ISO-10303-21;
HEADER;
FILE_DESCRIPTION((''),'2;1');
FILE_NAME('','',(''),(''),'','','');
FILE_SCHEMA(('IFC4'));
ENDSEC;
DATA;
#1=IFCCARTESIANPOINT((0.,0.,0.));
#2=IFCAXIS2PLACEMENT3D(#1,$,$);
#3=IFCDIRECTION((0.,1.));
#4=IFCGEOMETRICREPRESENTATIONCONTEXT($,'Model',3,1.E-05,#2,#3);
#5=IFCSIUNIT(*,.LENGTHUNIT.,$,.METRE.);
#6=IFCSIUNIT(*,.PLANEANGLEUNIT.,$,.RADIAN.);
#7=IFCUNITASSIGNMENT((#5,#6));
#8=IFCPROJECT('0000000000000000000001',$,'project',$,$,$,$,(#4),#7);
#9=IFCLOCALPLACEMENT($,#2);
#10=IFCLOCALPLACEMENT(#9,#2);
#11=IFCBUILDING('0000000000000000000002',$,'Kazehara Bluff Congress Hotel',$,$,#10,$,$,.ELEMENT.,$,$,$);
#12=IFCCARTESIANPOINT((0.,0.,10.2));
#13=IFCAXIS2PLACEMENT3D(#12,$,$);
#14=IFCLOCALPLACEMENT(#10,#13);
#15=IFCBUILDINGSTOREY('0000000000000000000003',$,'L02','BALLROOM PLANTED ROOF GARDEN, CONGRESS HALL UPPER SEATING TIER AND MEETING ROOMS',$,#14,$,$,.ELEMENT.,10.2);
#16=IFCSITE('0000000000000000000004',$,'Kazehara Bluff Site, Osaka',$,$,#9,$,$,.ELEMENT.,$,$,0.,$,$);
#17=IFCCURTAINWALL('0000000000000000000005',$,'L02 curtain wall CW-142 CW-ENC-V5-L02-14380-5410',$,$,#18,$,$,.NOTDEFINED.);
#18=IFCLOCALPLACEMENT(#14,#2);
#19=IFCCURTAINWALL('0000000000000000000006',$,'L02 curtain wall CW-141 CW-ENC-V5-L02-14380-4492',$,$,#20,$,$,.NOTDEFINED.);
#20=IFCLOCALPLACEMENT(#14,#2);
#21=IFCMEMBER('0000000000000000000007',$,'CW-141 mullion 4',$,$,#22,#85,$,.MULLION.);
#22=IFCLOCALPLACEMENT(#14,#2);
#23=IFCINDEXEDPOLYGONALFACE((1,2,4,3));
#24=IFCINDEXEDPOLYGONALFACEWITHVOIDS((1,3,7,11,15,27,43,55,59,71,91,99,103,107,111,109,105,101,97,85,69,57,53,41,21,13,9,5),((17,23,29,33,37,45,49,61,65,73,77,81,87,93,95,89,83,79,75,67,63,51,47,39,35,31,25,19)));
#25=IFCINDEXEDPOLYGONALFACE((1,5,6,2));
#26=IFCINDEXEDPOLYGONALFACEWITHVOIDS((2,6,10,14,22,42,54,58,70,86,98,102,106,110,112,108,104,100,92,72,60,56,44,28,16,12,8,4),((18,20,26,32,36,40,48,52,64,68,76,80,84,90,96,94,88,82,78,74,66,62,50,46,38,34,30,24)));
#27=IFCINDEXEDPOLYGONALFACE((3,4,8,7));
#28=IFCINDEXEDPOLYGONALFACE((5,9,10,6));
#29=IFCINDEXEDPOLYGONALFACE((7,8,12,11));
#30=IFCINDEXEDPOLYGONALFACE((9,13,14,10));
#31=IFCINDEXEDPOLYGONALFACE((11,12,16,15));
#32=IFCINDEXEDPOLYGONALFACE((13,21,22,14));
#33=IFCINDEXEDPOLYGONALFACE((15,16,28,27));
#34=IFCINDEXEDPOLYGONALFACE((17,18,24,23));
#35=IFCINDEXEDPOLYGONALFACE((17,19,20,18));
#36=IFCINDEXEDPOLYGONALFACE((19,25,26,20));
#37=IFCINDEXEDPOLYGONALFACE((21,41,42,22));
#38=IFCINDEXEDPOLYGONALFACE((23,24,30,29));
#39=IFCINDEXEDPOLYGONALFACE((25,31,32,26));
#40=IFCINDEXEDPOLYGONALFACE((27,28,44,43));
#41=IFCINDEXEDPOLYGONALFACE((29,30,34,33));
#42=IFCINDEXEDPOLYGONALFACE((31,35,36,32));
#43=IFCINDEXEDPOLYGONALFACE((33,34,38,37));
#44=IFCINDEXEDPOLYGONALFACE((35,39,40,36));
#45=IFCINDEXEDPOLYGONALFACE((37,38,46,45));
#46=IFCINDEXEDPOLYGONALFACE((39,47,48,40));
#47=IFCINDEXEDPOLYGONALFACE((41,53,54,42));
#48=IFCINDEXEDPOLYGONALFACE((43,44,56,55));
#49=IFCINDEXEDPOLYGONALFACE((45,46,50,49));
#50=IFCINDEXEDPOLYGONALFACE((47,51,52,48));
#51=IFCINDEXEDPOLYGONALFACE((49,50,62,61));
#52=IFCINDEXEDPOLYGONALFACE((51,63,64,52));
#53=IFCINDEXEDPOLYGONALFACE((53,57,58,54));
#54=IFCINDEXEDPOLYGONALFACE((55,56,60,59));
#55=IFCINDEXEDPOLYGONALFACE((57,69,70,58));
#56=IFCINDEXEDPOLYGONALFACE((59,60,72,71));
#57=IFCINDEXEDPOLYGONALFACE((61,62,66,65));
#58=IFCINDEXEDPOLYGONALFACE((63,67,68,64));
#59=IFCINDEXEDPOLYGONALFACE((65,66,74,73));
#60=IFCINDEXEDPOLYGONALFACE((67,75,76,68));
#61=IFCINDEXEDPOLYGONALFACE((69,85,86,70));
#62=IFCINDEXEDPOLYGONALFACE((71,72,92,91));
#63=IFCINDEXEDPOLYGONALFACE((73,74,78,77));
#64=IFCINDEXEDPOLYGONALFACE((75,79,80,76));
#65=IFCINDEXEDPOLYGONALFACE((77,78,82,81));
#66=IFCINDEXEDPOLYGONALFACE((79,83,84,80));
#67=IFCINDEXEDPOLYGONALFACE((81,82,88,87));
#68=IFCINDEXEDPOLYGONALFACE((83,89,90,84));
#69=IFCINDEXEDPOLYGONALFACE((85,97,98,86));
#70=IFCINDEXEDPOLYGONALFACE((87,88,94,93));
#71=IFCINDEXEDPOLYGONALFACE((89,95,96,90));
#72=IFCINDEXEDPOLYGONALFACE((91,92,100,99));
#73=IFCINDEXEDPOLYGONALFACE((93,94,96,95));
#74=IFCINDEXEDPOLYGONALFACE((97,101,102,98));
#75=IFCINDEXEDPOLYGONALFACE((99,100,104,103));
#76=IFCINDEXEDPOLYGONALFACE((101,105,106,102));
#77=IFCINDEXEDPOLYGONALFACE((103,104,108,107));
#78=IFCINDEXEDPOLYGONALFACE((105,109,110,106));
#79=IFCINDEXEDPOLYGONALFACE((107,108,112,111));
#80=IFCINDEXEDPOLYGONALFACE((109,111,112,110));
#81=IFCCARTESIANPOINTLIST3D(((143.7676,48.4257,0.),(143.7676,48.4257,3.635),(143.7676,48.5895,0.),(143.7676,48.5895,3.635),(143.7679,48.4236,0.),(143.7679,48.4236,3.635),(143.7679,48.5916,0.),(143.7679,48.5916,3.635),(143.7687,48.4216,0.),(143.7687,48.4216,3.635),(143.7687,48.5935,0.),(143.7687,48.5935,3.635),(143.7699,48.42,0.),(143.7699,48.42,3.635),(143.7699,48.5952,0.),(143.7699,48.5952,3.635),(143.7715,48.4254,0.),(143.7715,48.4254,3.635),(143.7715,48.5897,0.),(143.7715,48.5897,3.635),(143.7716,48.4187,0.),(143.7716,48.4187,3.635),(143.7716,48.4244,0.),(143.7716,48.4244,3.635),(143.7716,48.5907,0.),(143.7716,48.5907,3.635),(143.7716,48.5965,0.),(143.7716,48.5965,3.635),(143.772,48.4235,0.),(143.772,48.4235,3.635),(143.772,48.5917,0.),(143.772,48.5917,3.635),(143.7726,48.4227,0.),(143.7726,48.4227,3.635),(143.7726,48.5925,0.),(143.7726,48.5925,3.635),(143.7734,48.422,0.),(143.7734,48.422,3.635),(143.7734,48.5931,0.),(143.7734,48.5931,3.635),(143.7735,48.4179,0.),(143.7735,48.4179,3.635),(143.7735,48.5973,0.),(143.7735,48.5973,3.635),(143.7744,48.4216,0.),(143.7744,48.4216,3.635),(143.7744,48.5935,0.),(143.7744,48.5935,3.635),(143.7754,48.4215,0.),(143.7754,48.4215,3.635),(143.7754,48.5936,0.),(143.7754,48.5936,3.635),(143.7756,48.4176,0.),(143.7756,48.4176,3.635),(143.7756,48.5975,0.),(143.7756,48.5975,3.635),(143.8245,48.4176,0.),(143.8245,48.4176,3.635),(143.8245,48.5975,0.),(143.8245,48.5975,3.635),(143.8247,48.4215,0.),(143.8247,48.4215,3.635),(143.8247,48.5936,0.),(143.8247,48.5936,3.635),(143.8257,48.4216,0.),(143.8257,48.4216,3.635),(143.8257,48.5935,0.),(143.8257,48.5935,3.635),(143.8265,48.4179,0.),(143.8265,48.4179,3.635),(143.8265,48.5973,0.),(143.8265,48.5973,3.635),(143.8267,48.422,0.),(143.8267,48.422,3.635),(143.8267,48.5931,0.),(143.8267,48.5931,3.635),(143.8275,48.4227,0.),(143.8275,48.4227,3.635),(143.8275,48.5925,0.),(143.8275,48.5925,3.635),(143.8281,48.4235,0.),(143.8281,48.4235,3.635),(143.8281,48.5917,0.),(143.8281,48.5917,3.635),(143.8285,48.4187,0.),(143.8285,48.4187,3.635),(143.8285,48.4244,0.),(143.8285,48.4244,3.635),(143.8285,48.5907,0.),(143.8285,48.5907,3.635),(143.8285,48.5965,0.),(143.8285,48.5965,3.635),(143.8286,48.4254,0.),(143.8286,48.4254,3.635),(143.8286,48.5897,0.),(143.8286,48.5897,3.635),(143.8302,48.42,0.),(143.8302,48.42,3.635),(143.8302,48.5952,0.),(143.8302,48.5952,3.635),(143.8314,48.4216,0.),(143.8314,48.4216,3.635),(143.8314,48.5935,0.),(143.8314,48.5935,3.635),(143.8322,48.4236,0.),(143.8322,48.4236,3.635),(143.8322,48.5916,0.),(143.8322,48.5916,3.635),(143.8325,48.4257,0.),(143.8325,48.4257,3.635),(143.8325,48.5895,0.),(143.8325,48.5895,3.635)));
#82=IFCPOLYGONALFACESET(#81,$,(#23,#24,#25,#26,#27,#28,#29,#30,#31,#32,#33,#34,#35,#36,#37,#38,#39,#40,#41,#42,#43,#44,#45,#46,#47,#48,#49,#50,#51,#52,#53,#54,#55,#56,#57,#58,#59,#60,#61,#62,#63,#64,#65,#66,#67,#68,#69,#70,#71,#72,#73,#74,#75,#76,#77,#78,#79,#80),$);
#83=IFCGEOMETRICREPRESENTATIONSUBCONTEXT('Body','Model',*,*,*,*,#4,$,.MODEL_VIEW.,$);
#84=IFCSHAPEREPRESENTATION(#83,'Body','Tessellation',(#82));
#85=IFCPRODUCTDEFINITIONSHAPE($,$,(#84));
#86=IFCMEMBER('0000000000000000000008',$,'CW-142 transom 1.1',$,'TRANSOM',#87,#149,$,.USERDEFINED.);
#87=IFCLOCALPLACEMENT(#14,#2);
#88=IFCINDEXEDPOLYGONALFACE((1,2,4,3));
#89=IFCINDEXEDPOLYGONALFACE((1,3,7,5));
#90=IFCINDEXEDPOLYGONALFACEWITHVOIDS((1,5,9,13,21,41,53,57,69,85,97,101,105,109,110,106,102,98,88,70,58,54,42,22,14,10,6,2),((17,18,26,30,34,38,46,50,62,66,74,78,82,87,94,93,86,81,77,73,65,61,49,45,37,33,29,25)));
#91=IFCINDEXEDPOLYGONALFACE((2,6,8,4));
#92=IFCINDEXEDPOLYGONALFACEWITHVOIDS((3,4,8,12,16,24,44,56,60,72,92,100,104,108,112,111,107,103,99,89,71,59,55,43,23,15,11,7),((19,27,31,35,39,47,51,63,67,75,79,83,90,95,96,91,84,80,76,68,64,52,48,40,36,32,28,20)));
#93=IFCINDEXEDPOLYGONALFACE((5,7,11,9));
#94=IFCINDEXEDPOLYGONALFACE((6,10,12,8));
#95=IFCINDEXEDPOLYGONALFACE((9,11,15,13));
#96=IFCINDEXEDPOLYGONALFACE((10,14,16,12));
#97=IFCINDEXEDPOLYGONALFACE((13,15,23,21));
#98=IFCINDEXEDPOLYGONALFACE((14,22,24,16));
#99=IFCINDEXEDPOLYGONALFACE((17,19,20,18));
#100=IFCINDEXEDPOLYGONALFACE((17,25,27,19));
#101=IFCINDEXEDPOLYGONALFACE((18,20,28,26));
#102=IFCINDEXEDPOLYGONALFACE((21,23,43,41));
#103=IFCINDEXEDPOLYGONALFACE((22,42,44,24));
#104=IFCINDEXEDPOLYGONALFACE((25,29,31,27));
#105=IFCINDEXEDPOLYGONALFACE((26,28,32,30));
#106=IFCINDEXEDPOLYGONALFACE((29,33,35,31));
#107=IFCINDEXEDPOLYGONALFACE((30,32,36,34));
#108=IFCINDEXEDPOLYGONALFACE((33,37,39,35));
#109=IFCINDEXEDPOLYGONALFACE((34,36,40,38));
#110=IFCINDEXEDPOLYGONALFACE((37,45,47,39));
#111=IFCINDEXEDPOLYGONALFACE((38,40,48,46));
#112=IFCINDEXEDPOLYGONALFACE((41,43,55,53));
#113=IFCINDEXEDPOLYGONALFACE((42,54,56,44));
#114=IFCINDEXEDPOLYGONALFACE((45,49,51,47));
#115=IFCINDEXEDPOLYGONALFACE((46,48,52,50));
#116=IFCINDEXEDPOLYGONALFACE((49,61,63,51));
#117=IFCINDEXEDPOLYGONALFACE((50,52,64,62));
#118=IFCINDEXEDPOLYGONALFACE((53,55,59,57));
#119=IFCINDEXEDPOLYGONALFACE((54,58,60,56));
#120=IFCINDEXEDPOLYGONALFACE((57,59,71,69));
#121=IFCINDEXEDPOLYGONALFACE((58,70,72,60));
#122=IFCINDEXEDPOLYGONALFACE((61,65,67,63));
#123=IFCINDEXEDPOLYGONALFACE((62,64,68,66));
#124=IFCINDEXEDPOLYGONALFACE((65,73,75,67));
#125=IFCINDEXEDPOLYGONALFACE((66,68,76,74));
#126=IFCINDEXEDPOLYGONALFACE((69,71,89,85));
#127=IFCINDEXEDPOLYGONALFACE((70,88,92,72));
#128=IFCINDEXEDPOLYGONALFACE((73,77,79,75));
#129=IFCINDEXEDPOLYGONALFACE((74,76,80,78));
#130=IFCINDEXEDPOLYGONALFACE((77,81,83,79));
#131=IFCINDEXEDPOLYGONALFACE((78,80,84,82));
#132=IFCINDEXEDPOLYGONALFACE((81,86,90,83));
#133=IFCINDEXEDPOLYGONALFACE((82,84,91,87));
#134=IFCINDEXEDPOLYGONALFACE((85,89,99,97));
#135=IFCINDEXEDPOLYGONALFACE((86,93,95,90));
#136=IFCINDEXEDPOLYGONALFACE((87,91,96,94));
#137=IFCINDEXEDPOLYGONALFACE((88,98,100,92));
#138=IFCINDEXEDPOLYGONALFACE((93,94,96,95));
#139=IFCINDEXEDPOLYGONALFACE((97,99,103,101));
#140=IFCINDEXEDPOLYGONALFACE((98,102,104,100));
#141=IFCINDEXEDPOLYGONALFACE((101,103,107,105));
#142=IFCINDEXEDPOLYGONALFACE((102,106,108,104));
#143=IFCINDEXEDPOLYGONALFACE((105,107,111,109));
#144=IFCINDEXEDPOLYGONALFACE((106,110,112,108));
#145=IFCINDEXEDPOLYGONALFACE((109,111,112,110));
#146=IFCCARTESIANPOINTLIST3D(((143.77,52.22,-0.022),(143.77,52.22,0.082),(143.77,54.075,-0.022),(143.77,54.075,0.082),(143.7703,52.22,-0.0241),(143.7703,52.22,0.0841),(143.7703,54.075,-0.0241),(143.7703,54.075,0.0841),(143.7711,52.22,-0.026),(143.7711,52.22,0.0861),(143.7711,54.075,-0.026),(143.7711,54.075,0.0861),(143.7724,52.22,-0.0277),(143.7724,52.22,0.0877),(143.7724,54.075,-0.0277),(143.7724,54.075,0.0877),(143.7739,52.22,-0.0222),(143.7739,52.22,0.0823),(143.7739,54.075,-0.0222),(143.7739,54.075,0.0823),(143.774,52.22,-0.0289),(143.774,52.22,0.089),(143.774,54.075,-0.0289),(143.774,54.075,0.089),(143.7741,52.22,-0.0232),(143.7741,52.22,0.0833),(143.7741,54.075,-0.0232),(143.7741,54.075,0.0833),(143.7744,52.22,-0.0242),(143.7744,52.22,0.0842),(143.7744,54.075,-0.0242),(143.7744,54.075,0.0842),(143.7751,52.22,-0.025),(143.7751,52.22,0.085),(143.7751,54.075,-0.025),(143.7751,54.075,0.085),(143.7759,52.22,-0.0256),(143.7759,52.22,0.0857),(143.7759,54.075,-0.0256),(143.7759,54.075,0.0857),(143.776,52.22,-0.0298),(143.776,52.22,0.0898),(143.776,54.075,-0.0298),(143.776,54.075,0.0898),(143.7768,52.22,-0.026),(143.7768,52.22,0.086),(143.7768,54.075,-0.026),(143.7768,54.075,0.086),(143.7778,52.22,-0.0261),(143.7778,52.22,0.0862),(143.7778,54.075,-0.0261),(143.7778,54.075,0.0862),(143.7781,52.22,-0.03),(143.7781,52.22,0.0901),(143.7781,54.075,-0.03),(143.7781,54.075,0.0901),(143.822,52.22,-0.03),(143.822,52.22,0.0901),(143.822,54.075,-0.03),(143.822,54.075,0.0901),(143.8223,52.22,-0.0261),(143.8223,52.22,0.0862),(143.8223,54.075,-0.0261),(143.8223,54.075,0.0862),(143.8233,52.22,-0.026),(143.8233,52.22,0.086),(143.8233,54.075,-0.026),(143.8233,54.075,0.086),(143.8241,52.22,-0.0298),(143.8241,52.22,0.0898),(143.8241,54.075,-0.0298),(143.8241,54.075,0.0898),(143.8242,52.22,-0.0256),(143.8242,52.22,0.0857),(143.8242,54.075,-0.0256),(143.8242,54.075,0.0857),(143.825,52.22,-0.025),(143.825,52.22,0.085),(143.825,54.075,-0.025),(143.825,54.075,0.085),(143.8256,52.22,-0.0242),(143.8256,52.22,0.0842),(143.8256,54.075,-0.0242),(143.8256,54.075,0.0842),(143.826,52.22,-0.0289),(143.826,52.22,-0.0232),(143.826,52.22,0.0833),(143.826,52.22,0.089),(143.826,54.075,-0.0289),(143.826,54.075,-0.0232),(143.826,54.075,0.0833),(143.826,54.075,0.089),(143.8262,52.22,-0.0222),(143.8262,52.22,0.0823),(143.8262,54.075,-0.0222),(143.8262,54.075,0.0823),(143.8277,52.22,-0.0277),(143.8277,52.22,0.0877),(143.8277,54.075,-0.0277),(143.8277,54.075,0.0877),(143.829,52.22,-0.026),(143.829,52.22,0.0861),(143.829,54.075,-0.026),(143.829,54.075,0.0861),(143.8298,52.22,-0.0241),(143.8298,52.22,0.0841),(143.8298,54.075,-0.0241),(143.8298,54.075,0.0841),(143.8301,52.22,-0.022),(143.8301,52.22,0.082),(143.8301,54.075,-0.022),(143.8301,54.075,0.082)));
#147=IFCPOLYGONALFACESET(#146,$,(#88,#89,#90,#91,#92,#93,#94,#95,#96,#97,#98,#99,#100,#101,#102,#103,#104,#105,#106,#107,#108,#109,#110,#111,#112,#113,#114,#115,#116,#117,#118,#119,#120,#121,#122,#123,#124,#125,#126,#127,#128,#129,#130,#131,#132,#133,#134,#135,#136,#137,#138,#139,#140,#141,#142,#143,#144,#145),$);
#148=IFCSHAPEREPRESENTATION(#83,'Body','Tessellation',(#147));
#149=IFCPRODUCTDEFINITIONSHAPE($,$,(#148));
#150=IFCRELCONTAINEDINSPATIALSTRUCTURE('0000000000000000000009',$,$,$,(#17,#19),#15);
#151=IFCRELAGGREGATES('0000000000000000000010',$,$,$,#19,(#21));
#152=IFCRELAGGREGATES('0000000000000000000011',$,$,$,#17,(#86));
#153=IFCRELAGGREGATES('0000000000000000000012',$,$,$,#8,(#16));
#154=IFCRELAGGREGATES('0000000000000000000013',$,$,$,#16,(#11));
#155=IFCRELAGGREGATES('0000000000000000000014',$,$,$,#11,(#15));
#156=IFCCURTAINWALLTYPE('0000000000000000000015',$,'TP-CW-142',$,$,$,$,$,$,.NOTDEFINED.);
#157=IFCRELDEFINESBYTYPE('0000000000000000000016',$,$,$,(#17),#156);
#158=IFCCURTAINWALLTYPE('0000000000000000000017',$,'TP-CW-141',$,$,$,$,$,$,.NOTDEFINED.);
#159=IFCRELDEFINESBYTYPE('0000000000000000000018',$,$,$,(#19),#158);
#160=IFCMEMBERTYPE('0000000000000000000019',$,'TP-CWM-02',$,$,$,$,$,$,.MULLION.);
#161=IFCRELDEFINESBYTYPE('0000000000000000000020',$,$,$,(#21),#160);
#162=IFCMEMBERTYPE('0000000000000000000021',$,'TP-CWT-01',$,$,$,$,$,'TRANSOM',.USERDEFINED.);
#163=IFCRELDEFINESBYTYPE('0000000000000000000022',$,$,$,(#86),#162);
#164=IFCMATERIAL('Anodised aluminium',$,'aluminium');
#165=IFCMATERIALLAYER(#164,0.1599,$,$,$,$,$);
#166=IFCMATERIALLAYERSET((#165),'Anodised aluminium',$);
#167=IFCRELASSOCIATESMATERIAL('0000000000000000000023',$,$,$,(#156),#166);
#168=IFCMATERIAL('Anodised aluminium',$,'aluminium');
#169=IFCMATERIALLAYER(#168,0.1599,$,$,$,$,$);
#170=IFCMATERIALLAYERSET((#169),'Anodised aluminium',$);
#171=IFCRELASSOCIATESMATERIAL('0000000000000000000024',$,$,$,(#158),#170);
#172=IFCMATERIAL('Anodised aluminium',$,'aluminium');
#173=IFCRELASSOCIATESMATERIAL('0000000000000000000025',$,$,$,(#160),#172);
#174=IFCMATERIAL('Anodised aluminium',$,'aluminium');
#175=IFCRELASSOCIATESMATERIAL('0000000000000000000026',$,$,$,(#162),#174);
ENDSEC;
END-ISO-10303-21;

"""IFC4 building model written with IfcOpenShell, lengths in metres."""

from ifc_helpers import new_model, si_unit, direction, frame, origin, origin_2d, place, context, subcontext, project, spatial, hollow_rectangle, extrude, material, layer, layer_set, material_profile, profile_set, type_object, element, aggregate, save


model = new_model("IFC4")

# Units and contexts
model_context = context("Model", 3, precision=1e-05, world=origin(), true_north=direction((0.0, 1.0)))
body_context = subcontext(model_context, "Body", "Model", "MODEL_VIEW")
ifc_project = project(units=[si_unit("LENGTHUNIT", "METRE"), si_unit("PLANEANGLEUNIT", "RADIAN")], contexts=[model_context])

# Site, building, storey
site_placement = place(None, origin())
site = spatial("IfcSite", under=ifc_project, at=site_placement, Name="Kazehara Bluff Site, Osaka", CompositionType="ELEMENT", RefElevation=0.0)
building_placement = place(site_placement, origin())
building = spatial("IfcBuilding", under=site, at=building_placement, Name="Kazehara Bluff Congress Hotel", CompositionType="ELEMENT")
storey_placement = place(building_placement, frame((0.0, 0.0, 10.2)))
storey = spatial("IfcBuildingStorey", under=building, at=storey_placement, Name="L02", Description="BALLROOM PLANTED ROOF GARDEN, CONGRESS HALL UPPER SEATING TIER AND MEETING ROOMS", CompositionType="ELEMENT", Elevation=10.2)

# Curtain walls, member
ifc_material_1 = material(Name="Anodised aluminium", Category="aluminium")
ifc_layer_1 = layer(ifc_material_1, 0.1599)
ifc_layer_set_1 = layer_set([ifc_layer_1], Name="Anodised aluminium")
curtain_wall_type_1 = type_object("IfcCurtainWallType", Name="TP-CW-142", PredefinedType="NOTDEFINED", material=ifc_layer_set_1)
curtain_wall_1_placement = place(storey_placement, origin())
curtain_wall_1 = element("IfcCurtainWall", 1, at=curtain_wall_1_placement, inside=storey, type_object=curtain_wall_type_1, Name="L02 curtain wall CW-142 CW-ENC-V5-L02-14380-5410", PredefinedType="NOTDEFINED")
ifc_material_2 = material(Name="Anodised aluminium", Category="aluminium")
ifc_layer_2 = layer(ifc_material_2, 0.1599)
ifc_layer_set_2 = layer_set([ifc_layer_2], Name="Anodised aluminium")
curtain_wall_type_2 = type_object("IfcCurtainWallType", Name="TP-CW-141", PredefinedType="NOTDEFINED", material=ifc_layer_set_2)
curtain_wall_2_placement = place(storey_placement, origin())
curtain_wall_2 = element("IfcCurtainWall", 2, at=curtain_wall_2_placement, inside=storey, type_object=curtain_wall_type_2, Name="L02 curtain wall CW-141 CW-ENC-V5-L02-14380-4492", PredefinedType="NOTDEFINED")
ifc_material_3 = material(Name="Anodised aluminium", Category="aluminium")
ifc_material_profile_1 = material_profile(ifc_material_3, hollow_rectangle(XDim=0.0649, YDim=0.1799, WallThickness=0.0039, InnerFilletRadius=0.0039, OuterFilletRadius=0.0081, at=origin_2d()))
ifc_profile_set_1 = profile_set([ifc_material_profile_1], Name="Anodised aluminium")
member_type_1 = type_object("IfcMemberType", Name="TP-CWM-02", PredefinedType="MULLION", material=ifc_profile_set_1)
member_1_placement = place(storey_placement, frame((143.8, 48.5076, 0.0), z_axis=(0.0, 0.0, 1.0), x_axis=(-1.0, 0.0, 0.0)))
member_1 = element("IfcMember", 3, at=member_1_placement, type_object=member_type_1, Name="CW-141 mullion 4", PredefinedType="MULLION", context=body_context, shape_type="SweptSolid", body=[
    extrude(hollow_rectangle(XDim=0.0649, YDim=0.1799, WallThickness=0.0039, InnerFilletRadius=0.0039, OuterFilletRadius=0.0081, at=origin_2d()), origin(), (0.0, 0.0, 1.0), 3.635),
])

# Member
ifc_material_4 = material(Name="Anodised aluminium", Category="aluminium")
ifc_material_profile_2 = material_profile(ifc_material_4, hollow_rectangle(XDim=0.0601, YDim=0.1201, WallThickness=0.0039, InnerFilletRadius=0.0039, OuterFilletRadius=0.0081, at=origin_2d()))
ifc_profile_set_2 = profile_set([ifc_material_profile_2], Name="Anodised aluminium")
member_type_2 = type_object("IfcMemberType", Name="TP-CWT-01", ElementType="TRANSOM", PredefinedType="USERDEFINED", material=ifc_profile_set_2)
member_2_placement = place(storey_placement, frame((143.8, 52.22, 0.03), z_axis=(0.0, 1.0, 0.0), x_axis=(-1.0, 0.0, 0.0)))
member_2 = element("IfcMember", 4, at=member_2_placement, type_object=member_type_2, Name="CW-142 transom 1.1", ObjectType="TRANSOM", PredefinedType="USERDEFINED", context=body_context, shape_type="SweptSolid", body=[
    extrude(hollow_rectangle(XDim=0.0601, YDim=0.1201, WallThickness=0.0039, InnerFilletRadius=0.0039, OuterFilletRadius=0.0081, at=origin_2d()), origin(), (0.0, 0.0, 1.0), 1.855),
])

aggregate(curtain_wall_2, [member_1])
aggregate(curtain_wall_1, [member_2])

save(model, "model.ifc")
